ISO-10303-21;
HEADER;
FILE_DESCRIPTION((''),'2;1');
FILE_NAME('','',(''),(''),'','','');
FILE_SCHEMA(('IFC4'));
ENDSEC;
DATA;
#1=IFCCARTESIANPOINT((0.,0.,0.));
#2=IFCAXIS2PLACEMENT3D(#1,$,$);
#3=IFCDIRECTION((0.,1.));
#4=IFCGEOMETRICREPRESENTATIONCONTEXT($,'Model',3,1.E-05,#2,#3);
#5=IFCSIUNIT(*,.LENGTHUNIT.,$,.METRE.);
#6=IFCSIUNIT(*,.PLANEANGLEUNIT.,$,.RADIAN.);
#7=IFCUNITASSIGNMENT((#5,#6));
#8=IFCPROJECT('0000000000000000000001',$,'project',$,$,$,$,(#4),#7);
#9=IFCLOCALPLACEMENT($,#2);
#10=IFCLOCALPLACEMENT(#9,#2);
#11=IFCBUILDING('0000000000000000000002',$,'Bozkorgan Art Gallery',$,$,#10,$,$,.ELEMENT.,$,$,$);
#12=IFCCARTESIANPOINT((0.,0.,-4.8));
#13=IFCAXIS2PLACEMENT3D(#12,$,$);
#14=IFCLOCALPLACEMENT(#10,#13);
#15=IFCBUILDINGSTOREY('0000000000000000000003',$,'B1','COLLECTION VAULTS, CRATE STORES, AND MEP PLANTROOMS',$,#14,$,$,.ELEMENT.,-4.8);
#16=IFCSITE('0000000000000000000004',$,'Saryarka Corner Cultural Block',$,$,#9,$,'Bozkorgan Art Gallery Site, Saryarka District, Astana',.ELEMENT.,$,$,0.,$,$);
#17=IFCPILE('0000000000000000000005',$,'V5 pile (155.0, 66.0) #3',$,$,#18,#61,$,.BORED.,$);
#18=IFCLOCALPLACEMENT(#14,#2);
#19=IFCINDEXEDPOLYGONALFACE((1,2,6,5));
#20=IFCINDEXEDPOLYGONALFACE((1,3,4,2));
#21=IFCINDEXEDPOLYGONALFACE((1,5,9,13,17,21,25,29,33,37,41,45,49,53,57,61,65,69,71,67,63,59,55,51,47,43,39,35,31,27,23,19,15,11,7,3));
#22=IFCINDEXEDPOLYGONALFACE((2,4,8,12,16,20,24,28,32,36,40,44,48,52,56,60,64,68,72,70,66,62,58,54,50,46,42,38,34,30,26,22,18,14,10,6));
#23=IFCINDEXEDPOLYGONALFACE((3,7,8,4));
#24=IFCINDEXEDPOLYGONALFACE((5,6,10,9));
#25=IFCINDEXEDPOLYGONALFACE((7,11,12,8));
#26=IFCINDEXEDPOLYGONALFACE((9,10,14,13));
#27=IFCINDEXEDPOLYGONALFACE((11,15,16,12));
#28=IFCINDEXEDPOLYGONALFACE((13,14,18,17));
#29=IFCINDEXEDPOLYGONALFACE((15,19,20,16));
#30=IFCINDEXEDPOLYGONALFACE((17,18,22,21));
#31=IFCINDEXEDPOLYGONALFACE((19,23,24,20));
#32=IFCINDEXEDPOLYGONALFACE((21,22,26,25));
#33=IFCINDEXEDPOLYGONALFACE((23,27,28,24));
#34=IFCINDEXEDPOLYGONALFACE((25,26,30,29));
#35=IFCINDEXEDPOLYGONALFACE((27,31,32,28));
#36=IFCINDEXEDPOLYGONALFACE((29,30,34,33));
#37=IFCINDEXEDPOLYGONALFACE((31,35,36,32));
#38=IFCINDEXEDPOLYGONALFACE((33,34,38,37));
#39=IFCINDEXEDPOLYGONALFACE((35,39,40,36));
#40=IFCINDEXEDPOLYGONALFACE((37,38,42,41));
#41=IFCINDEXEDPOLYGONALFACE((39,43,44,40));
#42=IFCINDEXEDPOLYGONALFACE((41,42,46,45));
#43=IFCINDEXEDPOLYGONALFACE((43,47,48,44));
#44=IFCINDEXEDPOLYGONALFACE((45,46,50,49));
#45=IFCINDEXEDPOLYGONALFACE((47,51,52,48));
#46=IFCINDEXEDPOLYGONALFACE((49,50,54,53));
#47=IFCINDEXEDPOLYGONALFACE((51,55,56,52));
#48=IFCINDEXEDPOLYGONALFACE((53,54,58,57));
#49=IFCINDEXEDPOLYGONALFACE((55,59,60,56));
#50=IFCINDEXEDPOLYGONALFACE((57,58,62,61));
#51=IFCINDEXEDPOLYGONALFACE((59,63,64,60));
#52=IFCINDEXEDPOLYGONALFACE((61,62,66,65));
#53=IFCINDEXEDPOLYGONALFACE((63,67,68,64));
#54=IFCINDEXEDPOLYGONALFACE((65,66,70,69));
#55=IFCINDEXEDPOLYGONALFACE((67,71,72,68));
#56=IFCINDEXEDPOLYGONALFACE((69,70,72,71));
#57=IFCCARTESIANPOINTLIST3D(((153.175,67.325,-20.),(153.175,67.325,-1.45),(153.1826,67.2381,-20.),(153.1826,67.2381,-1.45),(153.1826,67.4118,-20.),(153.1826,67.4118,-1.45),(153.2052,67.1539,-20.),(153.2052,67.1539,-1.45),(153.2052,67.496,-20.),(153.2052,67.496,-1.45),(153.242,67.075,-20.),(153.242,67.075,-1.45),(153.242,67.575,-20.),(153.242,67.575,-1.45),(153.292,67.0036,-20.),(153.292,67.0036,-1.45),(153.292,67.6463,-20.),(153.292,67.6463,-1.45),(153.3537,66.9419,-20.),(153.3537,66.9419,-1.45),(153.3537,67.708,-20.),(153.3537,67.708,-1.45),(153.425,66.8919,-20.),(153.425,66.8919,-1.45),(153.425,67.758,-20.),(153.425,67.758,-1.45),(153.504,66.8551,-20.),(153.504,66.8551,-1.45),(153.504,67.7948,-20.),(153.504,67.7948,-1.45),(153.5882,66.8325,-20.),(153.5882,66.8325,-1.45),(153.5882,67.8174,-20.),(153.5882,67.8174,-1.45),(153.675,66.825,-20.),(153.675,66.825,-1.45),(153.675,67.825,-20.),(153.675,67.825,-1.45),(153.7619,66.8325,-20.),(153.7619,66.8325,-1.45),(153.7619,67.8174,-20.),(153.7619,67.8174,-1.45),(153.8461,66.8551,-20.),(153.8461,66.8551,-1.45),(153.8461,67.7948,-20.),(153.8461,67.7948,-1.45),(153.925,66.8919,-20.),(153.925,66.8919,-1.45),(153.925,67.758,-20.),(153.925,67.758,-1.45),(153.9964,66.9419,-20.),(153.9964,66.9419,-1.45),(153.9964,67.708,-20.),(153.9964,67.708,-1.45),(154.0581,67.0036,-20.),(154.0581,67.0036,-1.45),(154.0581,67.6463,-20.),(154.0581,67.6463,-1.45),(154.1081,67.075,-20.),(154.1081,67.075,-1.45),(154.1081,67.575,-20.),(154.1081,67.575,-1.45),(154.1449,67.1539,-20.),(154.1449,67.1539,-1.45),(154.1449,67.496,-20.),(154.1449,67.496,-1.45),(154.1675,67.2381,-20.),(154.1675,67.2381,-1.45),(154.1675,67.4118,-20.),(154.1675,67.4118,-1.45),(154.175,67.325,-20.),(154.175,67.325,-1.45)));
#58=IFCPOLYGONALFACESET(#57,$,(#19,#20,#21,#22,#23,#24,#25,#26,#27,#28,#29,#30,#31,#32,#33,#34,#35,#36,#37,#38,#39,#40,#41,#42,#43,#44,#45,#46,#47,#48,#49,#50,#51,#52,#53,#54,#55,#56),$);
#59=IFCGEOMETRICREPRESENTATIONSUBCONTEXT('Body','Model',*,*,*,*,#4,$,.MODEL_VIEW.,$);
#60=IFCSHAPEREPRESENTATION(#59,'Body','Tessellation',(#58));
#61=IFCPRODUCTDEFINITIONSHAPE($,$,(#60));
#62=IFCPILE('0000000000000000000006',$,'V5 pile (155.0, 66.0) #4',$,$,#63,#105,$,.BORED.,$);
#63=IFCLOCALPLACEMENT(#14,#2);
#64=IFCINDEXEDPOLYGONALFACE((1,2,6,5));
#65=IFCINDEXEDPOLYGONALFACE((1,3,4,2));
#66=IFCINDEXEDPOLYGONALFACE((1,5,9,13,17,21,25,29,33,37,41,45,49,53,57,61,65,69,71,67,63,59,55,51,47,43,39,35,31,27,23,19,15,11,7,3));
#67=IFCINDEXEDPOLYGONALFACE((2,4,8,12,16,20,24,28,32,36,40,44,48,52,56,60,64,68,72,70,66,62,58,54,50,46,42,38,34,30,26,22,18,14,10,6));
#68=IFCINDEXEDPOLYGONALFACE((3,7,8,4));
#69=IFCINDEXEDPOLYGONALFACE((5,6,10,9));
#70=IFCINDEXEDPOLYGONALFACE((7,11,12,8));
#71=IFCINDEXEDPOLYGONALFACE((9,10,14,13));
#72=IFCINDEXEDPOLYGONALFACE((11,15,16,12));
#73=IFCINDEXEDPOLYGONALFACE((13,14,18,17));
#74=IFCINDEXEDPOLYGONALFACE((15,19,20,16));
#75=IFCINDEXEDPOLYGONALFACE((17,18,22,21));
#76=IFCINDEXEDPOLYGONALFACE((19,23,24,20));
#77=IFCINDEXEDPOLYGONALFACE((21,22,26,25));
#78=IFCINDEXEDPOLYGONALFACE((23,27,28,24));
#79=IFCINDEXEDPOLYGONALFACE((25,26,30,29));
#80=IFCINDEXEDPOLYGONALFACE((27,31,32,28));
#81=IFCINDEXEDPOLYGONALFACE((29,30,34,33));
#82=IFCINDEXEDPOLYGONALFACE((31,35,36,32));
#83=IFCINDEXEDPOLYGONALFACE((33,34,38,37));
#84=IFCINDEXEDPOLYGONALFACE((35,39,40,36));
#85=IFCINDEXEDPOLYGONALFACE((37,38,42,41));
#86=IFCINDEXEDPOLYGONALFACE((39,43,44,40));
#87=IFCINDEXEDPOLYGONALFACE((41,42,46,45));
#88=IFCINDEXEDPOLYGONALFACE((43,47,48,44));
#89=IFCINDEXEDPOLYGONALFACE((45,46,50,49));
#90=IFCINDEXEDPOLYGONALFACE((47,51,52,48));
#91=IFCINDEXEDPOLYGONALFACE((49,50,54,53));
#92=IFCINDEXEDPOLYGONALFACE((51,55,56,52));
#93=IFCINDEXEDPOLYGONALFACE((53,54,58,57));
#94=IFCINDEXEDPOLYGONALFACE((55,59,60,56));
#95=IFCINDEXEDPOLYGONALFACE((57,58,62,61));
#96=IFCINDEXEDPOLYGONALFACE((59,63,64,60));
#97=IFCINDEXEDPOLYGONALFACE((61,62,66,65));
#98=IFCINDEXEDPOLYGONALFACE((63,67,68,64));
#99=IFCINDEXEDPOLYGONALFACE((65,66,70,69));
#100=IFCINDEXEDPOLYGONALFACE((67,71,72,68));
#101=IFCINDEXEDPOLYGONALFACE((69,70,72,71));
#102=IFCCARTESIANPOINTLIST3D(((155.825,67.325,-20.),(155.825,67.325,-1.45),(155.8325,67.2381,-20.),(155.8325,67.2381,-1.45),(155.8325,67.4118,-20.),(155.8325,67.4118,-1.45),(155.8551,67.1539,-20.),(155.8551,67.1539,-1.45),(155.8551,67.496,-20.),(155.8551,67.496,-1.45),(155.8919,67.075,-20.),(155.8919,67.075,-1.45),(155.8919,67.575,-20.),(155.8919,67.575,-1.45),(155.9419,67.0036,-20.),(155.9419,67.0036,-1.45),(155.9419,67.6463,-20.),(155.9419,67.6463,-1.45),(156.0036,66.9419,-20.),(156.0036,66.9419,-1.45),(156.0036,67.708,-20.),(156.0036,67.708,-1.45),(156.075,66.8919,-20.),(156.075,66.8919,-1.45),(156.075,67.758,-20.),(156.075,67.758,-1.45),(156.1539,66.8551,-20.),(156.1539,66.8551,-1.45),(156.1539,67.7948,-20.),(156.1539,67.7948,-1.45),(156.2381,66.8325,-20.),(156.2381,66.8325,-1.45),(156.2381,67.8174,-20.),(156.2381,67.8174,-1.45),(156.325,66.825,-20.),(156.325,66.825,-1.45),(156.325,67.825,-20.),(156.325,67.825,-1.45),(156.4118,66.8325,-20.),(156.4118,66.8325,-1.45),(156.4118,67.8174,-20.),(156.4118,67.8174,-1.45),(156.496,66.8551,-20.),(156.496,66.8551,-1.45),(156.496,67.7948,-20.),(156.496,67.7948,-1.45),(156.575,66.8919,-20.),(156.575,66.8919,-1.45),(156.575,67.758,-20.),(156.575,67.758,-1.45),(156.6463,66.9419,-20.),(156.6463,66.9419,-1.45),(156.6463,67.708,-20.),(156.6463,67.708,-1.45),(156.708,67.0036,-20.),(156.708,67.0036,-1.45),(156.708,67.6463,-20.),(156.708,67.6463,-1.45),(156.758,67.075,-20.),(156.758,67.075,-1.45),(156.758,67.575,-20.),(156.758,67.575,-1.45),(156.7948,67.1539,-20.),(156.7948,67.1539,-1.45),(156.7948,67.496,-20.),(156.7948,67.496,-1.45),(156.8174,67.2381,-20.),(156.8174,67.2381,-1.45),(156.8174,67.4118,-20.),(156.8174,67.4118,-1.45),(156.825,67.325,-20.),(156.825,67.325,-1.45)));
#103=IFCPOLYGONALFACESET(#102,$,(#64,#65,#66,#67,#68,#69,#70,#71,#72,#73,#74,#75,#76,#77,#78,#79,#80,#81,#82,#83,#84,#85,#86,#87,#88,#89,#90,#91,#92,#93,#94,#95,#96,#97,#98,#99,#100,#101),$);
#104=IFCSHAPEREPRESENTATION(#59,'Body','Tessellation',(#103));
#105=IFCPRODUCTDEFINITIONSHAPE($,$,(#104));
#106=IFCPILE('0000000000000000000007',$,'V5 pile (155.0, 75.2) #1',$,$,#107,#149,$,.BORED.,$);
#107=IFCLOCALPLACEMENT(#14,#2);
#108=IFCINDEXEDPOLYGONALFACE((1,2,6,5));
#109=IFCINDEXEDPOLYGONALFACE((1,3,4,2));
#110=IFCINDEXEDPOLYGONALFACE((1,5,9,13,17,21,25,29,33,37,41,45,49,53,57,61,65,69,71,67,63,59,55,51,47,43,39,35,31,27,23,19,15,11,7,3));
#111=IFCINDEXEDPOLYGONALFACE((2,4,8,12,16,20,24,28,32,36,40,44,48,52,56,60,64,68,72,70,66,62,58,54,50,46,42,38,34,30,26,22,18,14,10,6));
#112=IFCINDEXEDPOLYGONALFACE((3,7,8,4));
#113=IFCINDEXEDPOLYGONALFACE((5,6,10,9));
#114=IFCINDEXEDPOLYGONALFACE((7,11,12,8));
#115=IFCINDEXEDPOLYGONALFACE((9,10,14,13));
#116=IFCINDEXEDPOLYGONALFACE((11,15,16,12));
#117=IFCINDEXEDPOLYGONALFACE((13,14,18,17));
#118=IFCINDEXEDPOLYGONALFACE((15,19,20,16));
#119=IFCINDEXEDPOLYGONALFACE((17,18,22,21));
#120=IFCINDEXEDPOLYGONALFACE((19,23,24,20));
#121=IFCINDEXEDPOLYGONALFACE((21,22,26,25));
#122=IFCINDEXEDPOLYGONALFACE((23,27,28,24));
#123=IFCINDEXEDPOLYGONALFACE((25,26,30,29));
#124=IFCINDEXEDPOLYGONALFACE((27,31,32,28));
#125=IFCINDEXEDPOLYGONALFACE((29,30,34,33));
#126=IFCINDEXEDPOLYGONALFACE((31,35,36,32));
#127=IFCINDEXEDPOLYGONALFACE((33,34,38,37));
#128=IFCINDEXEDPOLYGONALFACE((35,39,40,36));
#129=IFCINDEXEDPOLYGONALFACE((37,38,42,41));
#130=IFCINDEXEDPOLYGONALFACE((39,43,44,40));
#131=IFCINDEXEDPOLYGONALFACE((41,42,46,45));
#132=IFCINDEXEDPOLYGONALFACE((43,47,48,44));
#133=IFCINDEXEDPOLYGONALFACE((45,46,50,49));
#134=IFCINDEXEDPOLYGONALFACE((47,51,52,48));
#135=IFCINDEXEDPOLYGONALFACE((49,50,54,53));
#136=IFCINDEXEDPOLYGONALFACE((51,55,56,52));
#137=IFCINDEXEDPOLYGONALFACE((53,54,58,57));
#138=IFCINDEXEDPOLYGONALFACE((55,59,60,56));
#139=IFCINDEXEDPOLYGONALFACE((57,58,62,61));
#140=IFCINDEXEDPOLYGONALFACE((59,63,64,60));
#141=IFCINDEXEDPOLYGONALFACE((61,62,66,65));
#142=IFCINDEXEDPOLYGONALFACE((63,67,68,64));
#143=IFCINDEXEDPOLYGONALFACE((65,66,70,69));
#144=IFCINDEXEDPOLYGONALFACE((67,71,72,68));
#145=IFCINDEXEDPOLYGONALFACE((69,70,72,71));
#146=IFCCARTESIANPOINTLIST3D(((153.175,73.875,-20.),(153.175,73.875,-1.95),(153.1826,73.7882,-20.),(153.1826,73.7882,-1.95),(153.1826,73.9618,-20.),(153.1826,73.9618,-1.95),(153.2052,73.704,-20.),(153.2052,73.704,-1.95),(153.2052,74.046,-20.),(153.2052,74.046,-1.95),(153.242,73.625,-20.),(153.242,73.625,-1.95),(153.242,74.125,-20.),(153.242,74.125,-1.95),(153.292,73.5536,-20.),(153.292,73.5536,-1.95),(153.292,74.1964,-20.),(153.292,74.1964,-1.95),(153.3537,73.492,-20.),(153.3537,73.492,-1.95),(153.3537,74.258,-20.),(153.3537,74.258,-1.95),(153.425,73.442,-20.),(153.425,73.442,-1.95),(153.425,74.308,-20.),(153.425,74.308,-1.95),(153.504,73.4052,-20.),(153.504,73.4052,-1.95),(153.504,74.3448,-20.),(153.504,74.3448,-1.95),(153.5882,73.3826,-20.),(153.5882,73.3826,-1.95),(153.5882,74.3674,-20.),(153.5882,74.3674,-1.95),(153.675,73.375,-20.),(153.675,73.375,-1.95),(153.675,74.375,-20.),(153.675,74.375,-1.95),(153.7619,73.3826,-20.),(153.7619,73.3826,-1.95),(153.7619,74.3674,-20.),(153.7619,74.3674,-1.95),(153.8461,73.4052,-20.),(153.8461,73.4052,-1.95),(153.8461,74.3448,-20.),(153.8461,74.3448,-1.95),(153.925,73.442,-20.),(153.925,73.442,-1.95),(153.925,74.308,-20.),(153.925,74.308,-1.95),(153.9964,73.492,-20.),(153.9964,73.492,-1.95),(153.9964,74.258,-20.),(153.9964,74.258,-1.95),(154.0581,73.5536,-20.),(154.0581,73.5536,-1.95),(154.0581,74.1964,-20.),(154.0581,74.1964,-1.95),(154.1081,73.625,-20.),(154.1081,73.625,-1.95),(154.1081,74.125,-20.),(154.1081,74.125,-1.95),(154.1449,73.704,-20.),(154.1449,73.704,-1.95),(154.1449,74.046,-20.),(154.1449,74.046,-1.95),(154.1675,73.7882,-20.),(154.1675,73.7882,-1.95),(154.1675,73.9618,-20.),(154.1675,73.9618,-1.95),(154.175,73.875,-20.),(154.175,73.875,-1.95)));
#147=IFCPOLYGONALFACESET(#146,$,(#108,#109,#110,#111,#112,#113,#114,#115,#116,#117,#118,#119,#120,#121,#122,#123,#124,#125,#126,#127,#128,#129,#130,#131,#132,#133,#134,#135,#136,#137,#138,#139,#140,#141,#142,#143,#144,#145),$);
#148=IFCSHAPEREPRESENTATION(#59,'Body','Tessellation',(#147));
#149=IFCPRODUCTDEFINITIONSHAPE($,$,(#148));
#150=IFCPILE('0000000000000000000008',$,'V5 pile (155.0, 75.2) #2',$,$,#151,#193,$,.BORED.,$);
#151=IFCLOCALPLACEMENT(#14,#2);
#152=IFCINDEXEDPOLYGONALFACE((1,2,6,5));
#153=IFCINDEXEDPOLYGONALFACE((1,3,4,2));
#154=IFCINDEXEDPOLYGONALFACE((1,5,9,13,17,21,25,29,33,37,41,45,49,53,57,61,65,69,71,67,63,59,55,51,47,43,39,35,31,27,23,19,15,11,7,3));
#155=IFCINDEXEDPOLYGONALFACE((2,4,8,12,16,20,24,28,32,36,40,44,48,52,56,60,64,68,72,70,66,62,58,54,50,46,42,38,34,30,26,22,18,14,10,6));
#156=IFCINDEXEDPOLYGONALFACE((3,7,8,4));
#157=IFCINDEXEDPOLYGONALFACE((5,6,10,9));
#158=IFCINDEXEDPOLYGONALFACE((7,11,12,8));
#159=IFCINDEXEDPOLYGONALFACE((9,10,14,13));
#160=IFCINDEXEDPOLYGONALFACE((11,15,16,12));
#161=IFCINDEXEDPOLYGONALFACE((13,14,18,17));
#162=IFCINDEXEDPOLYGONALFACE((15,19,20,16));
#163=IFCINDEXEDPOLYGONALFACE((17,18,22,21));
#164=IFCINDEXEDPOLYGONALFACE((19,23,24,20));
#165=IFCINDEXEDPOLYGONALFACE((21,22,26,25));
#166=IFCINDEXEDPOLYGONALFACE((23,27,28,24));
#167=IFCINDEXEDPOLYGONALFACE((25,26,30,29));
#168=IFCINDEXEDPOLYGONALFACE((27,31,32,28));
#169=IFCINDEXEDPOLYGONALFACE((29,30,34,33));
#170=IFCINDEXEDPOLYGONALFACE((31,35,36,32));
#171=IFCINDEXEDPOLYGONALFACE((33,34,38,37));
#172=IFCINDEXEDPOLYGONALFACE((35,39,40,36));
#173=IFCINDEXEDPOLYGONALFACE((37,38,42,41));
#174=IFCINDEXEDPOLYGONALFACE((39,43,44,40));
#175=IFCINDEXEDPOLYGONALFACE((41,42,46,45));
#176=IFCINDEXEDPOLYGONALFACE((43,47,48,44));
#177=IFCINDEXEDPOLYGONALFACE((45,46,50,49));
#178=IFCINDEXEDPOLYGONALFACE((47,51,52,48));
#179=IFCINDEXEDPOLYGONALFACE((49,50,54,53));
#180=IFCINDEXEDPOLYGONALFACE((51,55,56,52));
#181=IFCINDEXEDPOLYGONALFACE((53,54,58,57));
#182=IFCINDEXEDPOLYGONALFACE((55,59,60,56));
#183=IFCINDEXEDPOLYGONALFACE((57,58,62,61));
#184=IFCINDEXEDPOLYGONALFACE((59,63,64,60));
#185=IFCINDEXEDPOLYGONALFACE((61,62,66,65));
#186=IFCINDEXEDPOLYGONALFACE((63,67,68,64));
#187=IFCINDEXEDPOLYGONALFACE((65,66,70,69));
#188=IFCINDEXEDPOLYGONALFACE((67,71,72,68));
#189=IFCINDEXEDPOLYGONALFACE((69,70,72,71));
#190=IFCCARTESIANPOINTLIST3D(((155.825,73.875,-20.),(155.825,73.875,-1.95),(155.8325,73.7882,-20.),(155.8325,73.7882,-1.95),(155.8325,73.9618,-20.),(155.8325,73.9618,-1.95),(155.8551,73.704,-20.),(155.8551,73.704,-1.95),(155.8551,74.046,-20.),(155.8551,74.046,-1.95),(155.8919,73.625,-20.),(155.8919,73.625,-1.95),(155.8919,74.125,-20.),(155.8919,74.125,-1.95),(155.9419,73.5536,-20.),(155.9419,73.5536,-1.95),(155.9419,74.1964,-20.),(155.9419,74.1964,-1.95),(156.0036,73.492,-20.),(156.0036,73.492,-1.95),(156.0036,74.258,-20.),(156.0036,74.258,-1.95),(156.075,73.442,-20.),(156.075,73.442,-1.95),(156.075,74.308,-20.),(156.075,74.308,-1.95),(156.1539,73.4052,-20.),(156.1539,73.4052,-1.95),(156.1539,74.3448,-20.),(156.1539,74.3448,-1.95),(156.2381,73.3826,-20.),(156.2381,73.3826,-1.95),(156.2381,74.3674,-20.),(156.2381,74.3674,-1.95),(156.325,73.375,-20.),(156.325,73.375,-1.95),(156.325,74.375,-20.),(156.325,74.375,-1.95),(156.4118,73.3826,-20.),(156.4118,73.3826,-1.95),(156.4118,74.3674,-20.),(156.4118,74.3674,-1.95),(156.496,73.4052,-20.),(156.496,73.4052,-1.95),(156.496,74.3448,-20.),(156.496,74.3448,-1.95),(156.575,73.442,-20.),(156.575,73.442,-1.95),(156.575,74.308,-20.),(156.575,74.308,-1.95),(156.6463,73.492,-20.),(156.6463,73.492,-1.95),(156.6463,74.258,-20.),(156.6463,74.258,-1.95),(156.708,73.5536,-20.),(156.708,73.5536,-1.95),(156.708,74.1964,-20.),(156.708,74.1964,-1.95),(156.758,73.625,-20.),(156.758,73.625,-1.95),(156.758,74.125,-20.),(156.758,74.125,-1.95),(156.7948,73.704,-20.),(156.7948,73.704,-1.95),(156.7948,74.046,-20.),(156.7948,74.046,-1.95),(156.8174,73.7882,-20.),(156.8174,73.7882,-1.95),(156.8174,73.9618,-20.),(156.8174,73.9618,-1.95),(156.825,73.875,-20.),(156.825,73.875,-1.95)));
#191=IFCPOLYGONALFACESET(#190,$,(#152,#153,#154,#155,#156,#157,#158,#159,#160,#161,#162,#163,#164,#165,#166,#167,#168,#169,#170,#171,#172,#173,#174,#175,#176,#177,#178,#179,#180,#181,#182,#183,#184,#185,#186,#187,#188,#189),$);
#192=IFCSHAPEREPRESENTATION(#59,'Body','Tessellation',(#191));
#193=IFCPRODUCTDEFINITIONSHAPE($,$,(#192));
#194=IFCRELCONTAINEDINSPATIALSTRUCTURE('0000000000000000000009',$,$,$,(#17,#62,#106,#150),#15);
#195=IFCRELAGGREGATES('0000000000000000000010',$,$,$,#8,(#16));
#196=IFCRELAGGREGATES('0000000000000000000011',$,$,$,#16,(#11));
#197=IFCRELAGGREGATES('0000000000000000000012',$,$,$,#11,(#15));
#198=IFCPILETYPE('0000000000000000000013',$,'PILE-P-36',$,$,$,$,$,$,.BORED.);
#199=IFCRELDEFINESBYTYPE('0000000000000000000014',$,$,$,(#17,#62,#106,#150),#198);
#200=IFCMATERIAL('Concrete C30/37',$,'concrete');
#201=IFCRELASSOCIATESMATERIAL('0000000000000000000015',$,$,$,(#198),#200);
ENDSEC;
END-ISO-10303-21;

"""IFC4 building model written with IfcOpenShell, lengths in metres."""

from ifc_helpers import new_model, si_unit, direction, frame, origin, origin_2d, place, context, subcontext, project, spatial, circle, extrude, material, material_profile, profile_set, type_object, element, save


model = new_model("IFC4")

# Units and contexts
model_context = context("Model", 3, precision=1e-05, world=origin(), true_north=direction((0.0, 1.0)))
body_context = subcontext(model_context, "Body", "Model", "MODEL_VIEW")
ifc_project = project(units=[si_unit("LENGTHUNIT", "METRE"), si_unit("PLANEANGLEUNIT", "RADIAN")], contexts=[model_context])

# Site, building, storey
site_placement = place(None, origin())
site = spatial("IfcSite", under=ifc_project, at=site_placement, Name="Saryarka Corner Cultural Block", LongName="Bozkorgan Art Gallery Site, Saryarka District, Astana", CompositionType="ELEMENT", RefElevation=0.0)
building_placement = place(site_placement, origin())
building = spatial("IfcBuilding", under=site, at=building_placement, Name="Bozkorgan Art Gallery", CompositionType="ELEMENT")
storey_placement = place(building_placement, frame((0.0, 0.0, -4.8)))
storey = spatial("IfcBuildingStorey", under=building, at=storey_placement, Name="B1", Description="COLLECTION VAULTS, CRATE STORES, AND MEP PLANTROOMS", CompositionType="ELEMENT", Elevation=-4.8)

# Shared definitions
ifc_material_1 = material(Name="Concrete C30/37", Category="concrete")

# Piles
ifc_material_profile_1 = material_profile(ifc_material_1, circle(Radius=0.5, at=origin_2d()), Name="PILE D1000")
ifc_profile_set_1 = profile_set([ifc_material_profile_1], Name="Concrete C30/37")
pile_type = type_object("IfcPileType", Name="PILE-P-36", PredefinedType="BORED", material=ifc_profile_set_1)
for number, where, z_axis, x_axis, name in (
    (1, (153.675, 67.325, -1.45), (0.0, 0.0, -1.0), (1.0, 0.0, 0.0), "V5 pile (155.0, 66.0) #3"),
    (2, (156.325, 67.325, -1.45), (0.0, 0.0, -1.0), (1.0, 0.0, 0.0), "V5 pile (155.0, 66.0) #4"),
):
    element("IfcPile", number, at=place(storey_placement, frame(where, z_axis=z_axis, x_axis=x_axis)), inside=storey, type_object=pile_type, Name=name, PredefinedType="BORED", context=body_context, shape_type="SweptSolid", body=[
        extrude(circle(Radius=0.5, at=origin_2d()), origin(), (0.0, 0.0, 1.0), 18.55),
    ])
for number, where, z_axis, x_axis, name in (
    (3, (153.675, 73.875, -1.95), (0.0, 0.0, -1.0), (1.0, 0.0, 0.0), "V5 pile (155.0, 75.2) #1"),
    (4, (156.325, 73.875, -1.95), (0.0, 0.0, -1.0), (1.0, 0.0, 0.0), "V5 pile (155.0, 75.2) #2"),
):
    element("IfcPile", number, at=place(storey_placement, frame(where, z_axis=z_axis, x_axis=x_axis)), inside=storey, type_object=pile_type, Name=name, PredefinedType="BORED", context=body_context, shape_type="SweptSolid", body=[
        extrude(circle(Radius=0.5, at=origin_2d()), origin(), (0.0, 0.0, 1.0), 18.05),
    ])

save(model, "model.ifc")
